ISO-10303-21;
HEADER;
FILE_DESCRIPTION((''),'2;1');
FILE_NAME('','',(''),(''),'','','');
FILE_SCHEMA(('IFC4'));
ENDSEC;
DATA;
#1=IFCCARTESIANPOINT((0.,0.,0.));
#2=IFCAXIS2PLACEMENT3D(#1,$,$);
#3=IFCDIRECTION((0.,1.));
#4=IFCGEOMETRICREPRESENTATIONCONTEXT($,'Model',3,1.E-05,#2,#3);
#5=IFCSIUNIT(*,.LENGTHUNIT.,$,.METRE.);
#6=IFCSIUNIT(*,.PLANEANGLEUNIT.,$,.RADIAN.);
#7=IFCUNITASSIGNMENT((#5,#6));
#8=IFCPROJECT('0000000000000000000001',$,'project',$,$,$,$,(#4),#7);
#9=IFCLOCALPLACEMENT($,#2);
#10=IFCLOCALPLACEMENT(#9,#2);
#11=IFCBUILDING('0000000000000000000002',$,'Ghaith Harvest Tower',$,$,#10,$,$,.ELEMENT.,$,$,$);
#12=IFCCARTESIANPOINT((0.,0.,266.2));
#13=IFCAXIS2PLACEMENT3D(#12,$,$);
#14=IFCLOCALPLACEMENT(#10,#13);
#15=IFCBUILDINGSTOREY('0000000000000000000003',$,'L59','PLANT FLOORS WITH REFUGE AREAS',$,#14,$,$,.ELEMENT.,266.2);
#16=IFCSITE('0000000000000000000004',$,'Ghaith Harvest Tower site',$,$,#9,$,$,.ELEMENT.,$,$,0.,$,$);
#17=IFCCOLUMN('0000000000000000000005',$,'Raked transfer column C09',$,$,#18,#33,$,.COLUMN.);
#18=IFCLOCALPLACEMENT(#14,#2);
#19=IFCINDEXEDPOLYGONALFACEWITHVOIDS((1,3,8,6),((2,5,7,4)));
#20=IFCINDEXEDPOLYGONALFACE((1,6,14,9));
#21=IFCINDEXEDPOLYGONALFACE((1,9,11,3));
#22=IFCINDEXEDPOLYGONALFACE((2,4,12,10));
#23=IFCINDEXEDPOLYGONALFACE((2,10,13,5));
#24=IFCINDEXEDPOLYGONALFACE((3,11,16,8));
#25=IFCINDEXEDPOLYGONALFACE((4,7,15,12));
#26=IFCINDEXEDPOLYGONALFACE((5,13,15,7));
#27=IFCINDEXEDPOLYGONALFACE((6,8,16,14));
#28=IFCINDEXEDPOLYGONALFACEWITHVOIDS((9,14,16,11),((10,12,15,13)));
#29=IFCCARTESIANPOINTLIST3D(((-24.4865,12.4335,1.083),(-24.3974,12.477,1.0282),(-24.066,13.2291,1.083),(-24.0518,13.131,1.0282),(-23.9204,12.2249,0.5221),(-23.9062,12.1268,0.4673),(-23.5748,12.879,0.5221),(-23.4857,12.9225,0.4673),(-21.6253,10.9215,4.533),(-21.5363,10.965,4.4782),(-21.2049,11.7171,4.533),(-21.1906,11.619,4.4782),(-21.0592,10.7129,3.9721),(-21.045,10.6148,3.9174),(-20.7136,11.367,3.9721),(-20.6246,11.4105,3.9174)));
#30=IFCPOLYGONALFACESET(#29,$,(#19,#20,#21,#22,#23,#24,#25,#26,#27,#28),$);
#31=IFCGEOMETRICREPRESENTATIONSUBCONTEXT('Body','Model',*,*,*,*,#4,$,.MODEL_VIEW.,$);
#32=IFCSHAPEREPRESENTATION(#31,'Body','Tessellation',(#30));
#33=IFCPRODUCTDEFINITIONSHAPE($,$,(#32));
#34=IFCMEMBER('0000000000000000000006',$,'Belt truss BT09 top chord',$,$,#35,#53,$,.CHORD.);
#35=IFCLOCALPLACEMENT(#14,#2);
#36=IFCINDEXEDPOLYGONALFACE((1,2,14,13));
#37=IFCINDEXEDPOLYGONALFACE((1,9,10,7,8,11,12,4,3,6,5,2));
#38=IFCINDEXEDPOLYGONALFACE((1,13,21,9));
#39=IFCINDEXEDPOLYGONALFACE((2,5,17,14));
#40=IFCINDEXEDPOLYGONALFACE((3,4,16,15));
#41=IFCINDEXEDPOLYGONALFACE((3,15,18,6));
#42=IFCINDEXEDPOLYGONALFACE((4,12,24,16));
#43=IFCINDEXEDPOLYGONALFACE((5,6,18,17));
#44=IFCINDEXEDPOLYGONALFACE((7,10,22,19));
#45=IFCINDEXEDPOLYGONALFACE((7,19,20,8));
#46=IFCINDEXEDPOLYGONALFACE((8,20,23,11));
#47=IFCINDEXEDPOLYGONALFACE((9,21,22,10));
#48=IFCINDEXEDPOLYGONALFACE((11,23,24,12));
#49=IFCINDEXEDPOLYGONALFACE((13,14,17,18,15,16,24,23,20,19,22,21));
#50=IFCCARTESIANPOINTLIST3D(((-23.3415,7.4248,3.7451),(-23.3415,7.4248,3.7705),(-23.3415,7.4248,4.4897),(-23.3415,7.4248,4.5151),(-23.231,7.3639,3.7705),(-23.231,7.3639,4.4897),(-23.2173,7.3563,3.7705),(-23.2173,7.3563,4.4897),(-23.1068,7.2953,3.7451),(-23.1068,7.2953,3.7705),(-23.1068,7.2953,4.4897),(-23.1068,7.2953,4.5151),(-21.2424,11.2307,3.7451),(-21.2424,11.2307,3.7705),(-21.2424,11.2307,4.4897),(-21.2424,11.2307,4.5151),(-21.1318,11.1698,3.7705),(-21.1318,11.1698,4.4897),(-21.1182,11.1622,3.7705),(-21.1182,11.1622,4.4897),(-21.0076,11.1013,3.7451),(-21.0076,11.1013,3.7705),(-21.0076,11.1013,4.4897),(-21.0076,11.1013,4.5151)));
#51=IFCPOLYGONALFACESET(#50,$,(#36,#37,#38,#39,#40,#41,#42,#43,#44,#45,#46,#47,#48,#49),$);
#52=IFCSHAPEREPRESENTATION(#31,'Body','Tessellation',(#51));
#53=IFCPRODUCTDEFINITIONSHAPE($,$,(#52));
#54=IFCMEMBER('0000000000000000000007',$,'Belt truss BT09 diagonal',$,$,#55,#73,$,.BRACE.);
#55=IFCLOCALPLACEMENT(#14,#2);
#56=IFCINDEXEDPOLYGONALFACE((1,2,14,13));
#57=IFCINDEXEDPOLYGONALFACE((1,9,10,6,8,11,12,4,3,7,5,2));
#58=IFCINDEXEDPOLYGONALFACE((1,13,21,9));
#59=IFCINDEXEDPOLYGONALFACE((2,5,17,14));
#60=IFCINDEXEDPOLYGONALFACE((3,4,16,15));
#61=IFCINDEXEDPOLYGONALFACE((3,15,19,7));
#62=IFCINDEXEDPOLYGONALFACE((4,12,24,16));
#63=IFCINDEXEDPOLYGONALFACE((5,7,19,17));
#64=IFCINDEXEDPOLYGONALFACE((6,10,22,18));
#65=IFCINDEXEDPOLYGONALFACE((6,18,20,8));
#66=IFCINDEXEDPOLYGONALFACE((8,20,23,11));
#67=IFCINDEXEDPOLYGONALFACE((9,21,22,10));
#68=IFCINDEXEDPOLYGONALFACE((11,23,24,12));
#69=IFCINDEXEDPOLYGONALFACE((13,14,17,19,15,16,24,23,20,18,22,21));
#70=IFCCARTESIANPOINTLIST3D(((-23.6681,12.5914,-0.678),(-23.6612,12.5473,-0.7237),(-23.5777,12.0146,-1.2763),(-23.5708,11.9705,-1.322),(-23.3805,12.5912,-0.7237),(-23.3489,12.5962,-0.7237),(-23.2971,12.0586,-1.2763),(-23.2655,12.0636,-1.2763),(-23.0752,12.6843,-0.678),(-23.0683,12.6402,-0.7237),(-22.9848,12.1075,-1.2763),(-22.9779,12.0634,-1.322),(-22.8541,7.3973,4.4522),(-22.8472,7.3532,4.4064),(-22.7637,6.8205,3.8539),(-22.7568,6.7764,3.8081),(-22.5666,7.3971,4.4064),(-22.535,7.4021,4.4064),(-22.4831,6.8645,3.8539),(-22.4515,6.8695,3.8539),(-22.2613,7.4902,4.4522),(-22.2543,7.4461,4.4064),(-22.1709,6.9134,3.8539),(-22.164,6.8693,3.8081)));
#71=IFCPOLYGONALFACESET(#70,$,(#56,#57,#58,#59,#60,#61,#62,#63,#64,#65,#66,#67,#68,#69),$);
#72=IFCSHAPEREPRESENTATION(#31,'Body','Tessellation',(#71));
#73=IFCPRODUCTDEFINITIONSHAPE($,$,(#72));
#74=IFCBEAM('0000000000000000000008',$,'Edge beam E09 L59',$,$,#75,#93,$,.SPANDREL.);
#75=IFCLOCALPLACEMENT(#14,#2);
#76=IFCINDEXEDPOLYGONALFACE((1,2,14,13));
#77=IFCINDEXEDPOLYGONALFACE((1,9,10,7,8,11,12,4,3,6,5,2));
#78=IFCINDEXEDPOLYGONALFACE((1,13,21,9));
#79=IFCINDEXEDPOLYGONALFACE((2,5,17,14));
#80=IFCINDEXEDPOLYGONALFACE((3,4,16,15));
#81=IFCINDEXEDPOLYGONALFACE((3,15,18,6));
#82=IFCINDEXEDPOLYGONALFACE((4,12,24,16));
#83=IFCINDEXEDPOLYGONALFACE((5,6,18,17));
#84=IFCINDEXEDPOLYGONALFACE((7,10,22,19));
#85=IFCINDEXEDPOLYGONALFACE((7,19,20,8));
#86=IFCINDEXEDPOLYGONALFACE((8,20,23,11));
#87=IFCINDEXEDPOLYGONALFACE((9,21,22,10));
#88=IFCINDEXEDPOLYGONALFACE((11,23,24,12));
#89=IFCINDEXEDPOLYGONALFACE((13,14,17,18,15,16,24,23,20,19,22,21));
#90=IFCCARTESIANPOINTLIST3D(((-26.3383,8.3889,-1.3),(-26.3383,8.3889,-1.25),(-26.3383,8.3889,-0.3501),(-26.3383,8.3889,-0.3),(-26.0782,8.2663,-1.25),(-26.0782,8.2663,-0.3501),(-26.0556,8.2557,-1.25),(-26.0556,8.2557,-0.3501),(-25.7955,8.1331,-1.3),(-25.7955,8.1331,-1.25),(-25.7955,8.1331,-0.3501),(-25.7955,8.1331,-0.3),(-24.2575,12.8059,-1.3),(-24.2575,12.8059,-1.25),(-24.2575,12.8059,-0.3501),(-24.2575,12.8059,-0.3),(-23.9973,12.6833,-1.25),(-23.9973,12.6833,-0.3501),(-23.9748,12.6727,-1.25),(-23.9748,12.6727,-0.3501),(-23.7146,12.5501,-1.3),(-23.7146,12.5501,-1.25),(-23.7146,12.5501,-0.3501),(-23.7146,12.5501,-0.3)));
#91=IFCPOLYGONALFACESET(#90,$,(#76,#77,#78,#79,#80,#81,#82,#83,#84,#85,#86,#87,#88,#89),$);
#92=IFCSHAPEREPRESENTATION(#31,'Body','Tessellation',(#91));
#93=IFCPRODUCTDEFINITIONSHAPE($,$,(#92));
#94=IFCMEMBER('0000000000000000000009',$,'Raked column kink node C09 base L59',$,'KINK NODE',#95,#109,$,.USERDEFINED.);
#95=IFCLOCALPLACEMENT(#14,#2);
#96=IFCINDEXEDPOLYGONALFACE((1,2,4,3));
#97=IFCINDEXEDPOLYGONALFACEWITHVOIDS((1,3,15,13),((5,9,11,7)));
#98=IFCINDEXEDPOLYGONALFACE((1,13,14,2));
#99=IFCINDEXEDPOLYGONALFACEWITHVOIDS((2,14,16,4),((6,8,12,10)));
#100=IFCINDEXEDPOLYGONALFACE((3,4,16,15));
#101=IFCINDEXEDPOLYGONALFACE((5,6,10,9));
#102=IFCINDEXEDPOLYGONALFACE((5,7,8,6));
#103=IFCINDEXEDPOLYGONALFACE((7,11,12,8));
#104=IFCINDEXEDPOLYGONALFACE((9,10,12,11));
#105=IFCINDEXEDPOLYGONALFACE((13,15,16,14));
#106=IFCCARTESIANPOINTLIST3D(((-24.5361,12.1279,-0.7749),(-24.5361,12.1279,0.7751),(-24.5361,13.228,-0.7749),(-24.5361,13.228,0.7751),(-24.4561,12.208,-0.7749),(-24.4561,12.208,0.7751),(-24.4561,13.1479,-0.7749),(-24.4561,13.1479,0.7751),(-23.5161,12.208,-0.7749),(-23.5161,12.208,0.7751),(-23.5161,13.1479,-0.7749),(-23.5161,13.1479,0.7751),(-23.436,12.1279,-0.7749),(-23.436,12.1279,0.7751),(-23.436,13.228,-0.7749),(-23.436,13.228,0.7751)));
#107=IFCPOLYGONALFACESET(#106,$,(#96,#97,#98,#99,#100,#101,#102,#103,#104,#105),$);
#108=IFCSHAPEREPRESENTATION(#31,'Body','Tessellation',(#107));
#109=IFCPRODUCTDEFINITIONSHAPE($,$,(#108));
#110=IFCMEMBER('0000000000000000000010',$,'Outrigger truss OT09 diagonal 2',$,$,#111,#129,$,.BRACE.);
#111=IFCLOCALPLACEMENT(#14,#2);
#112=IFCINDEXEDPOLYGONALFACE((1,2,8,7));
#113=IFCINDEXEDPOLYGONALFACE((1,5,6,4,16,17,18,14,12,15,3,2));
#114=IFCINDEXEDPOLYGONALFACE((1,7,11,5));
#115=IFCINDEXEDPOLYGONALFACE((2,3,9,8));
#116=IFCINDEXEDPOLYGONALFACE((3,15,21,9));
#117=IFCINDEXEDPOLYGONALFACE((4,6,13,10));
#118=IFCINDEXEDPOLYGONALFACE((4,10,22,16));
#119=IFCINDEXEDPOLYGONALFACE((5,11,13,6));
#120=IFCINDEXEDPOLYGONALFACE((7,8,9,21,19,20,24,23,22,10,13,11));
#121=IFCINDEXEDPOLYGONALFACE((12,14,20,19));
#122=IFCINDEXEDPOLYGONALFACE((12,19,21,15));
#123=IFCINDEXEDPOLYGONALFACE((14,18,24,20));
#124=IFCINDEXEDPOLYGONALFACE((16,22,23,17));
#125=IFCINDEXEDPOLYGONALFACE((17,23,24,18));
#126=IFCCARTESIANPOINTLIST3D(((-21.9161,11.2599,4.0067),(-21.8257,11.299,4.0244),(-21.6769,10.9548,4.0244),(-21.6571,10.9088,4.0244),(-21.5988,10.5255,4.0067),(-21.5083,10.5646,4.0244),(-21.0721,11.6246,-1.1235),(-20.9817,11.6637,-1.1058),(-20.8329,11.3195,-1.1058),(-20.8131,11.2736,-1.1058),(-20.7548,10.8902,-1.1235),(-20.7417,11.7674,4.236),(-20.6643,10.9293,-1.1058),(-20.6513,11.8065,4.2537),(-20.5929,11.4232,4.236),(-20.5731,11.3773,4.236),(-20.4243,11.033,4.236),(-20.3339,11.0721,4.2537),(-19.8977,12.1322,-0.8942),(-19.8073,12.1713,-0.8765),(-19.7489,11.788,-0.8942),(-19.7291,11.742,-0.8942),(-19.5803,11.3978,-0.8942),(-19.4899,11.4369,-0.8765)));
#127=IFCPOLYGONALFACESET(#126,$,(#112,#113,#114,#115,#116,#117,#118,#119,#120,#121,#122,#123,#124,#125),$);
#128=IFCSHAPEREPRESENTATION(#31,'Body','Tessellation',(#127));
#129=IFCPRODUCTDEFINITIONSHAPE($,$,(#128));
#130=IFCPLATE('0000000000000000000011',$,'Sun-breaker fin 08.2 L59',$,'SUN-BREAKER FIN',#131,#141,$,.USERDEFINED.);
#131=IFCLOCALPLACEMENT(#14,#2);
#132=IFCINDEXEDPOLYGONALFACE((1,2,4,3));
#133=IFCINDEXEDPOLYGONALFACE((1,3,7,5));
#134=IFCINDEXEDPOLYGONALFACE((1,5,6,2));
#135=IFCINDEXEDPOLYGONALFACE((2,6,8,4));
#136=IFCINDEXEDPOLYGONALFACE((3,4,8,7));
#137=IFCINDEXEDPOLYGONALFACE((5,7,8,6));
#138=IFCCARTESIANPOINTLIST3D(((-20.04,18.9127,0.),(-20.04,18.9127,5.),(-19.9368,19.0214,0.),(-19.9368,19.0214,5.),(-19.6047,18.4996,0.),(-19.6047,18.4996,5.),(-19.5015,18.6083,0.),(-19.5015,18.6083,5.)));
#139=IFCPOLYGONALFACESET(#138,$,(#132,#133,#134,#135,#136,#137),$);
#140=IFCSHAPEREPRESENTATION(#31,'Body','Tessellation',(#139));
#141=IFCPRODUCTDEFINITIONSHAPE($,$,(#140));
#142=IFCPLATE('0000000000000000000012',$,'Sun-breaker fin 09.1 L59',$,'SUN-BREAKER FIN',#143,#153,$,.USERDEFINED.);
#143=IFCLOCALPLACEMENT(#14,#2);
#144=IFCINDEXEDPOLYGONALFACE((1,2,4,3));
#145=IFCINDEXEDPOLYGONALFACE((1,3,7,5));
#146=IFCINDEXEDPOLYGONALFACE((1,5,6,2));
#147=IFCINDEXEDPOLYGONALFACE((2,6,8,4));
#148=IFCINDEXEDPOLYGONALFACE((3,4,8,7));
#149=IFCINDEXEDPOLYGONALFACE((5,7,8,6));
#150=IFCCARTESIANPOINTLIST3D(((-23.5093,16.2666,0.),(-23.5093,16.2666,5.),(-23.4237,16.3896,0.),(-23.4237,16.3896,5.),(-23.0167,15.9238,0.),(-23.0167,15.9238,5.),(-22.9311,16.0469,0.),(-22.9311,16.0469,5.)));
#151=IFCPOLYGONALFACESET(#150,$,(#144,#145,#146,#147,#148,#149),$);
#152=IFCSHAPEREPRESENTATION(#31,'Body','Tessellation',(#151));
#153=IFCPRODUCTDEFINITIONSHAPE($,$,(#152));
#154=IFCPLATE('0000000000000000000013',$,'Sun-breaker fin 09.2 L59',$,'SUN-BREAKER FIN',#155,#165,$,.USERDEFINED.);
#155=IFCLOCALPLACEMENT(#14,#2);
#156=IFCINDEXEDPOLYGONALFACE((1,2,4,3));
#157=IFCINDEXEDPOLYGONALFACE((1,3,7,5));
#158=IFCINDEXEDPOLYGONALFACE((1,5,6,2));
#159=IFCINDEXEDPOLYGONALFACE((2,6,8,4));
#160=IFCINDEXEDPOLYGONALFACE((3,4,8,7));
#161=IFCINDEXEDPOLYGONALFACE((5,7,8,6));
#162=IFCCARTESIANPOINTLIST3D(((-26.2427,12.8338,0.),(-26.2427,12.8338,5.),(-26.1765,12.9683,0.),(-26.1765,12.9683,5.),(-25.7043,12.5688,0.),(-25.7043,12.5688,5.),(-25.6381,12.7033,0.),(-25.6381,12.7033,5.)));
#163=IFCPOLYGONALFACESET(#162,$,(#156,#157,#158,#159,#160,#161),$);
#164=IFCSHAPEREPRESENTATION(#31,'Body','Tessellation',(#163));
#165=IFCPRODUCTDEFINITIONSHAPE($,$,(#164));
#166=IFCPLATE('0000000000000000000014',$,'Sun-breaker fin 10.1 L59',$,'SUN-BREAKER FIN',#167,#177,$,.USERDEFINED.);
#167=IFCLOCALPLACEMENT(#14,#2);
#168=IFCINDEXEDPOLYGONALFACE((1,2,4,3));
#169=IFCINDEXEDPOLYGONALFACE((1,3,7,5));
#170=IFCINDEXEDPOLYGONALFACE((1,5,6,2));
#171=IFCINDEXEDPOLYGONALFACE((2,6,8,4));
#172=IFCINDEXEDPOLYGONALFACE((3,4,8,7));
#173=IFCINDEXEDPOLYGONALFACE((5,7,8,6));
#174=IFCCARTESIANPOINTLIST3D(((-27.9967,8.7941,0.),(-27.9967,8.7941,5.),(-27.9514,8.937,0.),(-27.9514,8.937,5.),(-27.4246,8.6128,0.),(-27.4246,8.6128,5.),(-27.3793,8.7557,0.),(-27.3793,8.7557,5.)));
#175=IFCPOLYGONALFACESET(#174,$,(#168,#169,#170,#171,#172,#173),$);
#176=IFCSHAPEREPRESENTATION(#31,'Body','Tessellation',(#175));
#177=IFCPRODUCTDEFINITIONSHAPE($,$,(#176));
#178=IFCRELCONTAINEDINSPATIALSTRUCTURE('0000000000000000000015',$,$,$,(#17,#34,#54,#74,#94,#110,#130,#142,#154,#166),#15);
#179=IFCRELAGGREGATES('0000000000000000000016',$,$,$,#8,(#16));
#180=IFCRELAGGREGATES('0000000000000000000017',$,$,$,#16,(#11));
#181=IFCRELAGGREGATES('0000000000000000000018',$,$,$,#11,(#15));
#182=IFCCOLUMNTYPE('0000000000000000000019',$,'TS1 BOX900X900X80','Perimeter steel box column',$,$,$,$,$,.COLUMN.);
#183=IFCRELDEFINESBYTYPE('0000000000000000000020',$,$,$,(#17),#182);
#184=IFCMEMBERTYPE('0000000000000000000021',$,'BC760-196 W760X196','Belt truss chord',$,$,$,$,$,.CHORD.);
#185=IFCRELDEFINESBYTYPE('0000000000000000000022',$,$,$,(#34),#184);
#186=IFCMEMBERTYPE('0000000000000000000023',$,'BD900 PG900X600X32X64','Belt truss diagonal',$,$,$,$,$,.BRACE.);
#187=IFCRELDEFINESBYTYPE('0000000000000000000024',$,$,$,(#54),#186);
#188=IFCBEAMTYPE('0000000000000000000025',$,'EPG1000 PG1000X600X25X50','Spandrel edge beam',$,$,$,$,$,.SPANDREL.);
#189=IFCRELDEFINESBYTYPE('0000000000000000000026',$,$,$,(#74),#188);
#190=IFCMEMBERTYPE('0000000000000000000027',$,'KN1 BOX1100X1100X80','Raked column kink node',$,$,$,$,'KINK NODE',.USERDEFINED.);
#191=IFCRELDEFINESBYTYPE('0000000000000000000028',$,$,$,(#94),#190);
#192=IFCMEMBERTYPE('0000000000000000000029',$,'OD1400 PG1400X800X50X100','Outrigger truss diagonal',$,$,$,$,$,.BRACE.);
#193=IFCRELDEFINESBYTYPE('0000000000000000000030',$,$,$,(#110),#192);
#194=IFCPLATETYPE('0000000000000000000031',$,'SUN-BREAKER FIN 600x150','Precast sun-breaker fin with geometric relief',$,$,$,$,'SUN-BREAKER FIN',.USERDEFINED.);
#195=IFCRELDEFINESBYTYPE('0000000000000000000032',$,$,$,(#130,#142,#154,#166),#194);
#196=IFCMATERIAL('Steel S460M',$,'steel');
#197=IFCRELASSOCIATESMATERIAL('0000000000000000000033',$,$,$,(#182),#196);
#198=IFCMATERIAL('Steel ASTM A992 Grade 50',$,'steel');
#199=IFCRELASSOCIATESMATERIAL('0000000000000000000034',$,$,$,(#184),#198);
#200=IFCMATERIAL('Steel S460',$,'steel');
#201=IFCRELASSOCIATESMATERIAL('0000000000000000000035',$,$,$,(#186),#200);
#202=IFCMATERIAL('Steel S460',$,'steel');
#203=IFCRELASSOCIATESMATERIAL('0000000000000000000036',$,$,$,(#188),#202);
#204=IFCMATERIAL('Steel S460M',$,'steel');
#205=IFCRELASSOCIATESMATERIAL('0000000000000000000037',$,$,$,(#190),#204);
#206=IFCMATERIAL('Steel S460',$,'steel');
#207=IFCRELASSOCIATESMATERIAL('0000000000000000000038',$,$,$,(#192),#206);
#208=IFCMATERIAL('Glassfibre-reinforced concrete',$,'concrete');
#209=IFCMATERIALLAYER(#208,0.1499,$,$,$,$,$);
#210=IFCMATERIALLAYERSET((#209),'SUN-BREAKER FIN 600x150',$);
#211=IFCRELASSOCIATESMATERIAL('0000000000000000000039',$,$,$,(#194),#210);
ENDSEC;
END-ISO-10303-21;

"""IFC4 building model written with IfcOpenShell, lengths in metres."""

from ifc_helpers import new_model, si_unit, direction, frame, origin, origin_2d, place, context, subcontext, project, spatial, rectangle, hollow_rectangle, i_section, extrude, material, layer, layer_set, material_profile, profile_set, type_object, element, save


model = new_model("IFC4")

# Units and contexts
model_context = context("Model", 3, precision=1e-05, world=origin(), true_north=direction((0.0, 1.0)))
body_context = subcontext(model_context, "Body", "Model", "MODEL_VIEW")
ifc_project = project(units=[si_unit("LENGTHUNIT", "METRE"), si_unit("PLANEANGLEUNIT", "RADIAN")], contexts=[model_context])

# Site, building, storey
site_placement = place(None, origin())
site = spatial("IfcSite", under=ifc_project, at=site_placement, Name="Ghaith Harvest Tower site", CompositionType="ELEMENT", RefElevation=0.0)
building_placement = place(site_placement, origin())
building = spatial("IfcBuilding", under=site, at=building_placement, Name="Ghaith Harvest Tower", CompositionType="ELEMENT")
storey_placement = place(building_placement, frame((0.0, 0.0, 266.2)))
storey = spatial("IfcBuildingStorey", under=building, at=storey_placement, Name="L59", Description="PLANT FLOORS WITH REFUGE AREAS", CompositionType="ELEMENT", Elevation=266.2)

# Column
ifc_material_1 = material(Name="Steel S460M", Category="steel")
ifc_material_profile_1 = material_profile(ifc_material_1, hollow_rectangle(XDim=0.8999, YDim=0.8999, WallThickness=0.0801, at=origin_2d()), Name="BOX900X900X80")
ifc_profile_set_1 = profile_set([ifc_material_profile_1], Name="Steel S460M")
column_type = type_object("IfcColumnType", Name="TS1 BOX900X900X80", Description="Perimeter steel box column", PredefinedType="COLUMN", material=ifc_profile_set_1)
column_placement = place(storey_placement, frame((-23.9861, 12.678, 0.7751), z_axis=(0.604866, -0.319646, 0.729359), x_axis=(0.467229, 0.884136, 0.0)))
element("IfcColumn", 1, at=column_placement, inside=storey, type_object=column_type, Name="Raked transfer column C09", PredefinedType="COLUMN", context=body_context, shape_type="SweptSolid", body=[
    extrude(hollow_rectangle(XDim=0.8999, YDim=0.8999, WallThickness=0.0801, at=origin_2d()), origin(), (0.0, 0.0, 1.0), 4.7302),
])

# Members
ifc_material_2 = material(Name="Steel ASTM A992 Grade 50", Category="steel")
ifc_material_profile_2 = material_profile(ifc_material_2, i_section(OverallWidth=0.2681, OverallDepth=0.77, WebThickness=0.0156, FlangeThickness=0.0254, at=origin_2d()), Name="W760X196")
ifc_profile_set_2 = profile_set([ifc_material_profile_2], Name="Steel ASTM A992 Grade 50")
member_type_1 = type_object("IfcMemberType", Name="BC760-196 W760X196", Description="Belt truss chord", PredefinedType="CHORD", material=ifc_profile_set_2)
member_1_placement = place(storey_placement, frame((-21.125, 11.166, 4.1301), z_axis=(-0.482956, -0.875645, 0.0), x_axis=(0.875645, -0.482956, 0.0)))
element("IfcMember", 2, at=member_1_placement, inside=storey, type_object=member_type_1, Name="Belt truss BT09 top chord", PredefinedType="CHORD", context=body_context, shape_type="SweptSolid", body=[
    extrude(i_section(OverallWidth=0.2681, OverallDepth=0.77, WebThickness=0.0156, FlangeThickness=0.0254, at=origin_2d()), origin(), (0.0, 0.0, 1.0), 4.3464),
])
ifc_material_3 = material(Name="Steel S460", Category="steel")
ifc_material_profile_3 = material_profile(ifc_material_3, i_section(OverallWidth=0.6001, OverallDepth=0.8999, WebThickness=0.032, FlangeThickness=0.064, at=origin_2d()), Name="PG900X600X32X64")
ifc_profile_set_3 = profile_set([ifc_material_profile_3], Name="Steel S460")
member_type_2 = type_object("IfcMemberType", Name="BD900 PG900X600X32X64", Description="Belt truss diagonal", PredefinedType="BRACE", material=ifc_profile_set_3)
member_2_placement = place(storey_placement, frame((-23.323, 12.3274, -1.0), z_axis=(0.110808, -0.707093, 0.698385), x_axis=(0.987943, 0.15482, 0.0)))
element("IfcMember", 3, at=member_2_placement, inside=storey, type_object=member_type_2, Name="Belt truss BT09 diagonal", PredefinedType="BRACE", context=body_context, shape_type="SweptSolid", body=[
    extrude(i_section(OverallWidth=0.6001, OverallDepth=0.8999, WebThickness=0.032, FlangeThickness=0.064, at=origin_2d()), origin(), (0.0, 0.0, 1.0), 7.3457),
])

# Beam
ifc_material_4 = material(Name="Steel S460", Category="steel")
ifc_material_profile_4 = material_profile(ifc_material_4, i_section(OverallWidth=0.6001, OverallDepth=1.0, WebThickness=0.0249, FlangeThickness=0.05, at=origin_2d()), Name="PG1000X600X25X50")
ifc_profile_set_4 = profile_set([ifc_material_profile_4], Name="Steel S460")
beam_type = type_object("IfcBeamType", Name="EPG1000 PG1000X600X25X50", Description="Spandrel edge beam", PredefinedType="SPANDREL", material=ifc_profile_set_4)
beam_placement = place(storey_placement, frame((-23.9861, 12.678, -0.8), z_axis=(-0.42617, -0.904643, 0.0), x_axis=(0.904643, -0.42617, 0.0)))
element("IfcBeam", 4, at=beam_placement, inside=storey, type_object=beam_type, Name="Edge beam E09 L59", PredefinedType="SPANDREL", context=body_context, shape_type="SweptSolid", body=[
    extrude(i_section(OverallWidth=0.6001, OverallDepth=1.0, WebThickness=0.0249, FlangeThickness=0.05, at=origin_2d()), origin(), (0.0, 0.0, 1.0), 4.8826),
])

# Members
ifc_material_5 = material(Name="Steel S460M", Category="steel")
ifc_material_profile_5 = material_profile(ifc_material_5, hollow_rectangle(XDim=1.1001, YDim=1.1001, WallThickness=0.0801, at=origin_2d()), Name="BOX1100X1100X80")
ifc_profile_set_5 = profile_set([ifc_material_profile_5], Name="Steel S460M")
member_type_3 = type_object("IfcMemberType", Name="KN1 BOX1100X1100X80", Description="Raked column kink node", ElementType="KINK NODE", PredefinedType="USERDEFINED", material=ifc_profile_set_5)
member_3_placement = place(storey_placement, frame((-23.9861, 12.678, -0.7749), z_axis=(0.0, 0.0, 1.0), x_axis=(1.0, 0.0, 0.0)))
element("IfcMember", 5, at=member_3_placement, inside=storey, type_object=member_type_3, Name="Raked column kink node C09 base L59", ObjectType="KINK NODE", PredefinedType="USERDEFINED", context=body_context, shape_type="SweptSolid", body=[
    extrude(hollow_rectangle(XDim=1.1001, YDim=1.1001, WallThickness=0.0801, at=origin_2d()), origin(), (0.0, 0.0, 1.0), 1.55),
])
ifc_material_6 = material(Name="Steel S460", Category="steel")
ifc_material_profile_6 = material_profile(ifc_material_6, i_section(OverallWidth=0.8, OverallDepth=1.3999, WebThickness=0.05, FlangeThickness=0.1001, at=origin_2d()), Name="PG1400X800X50X100")
ifc_profile_set_6 = profile_set([ifc_material_profile_6], Name="Steel S460")
member_type_4 = type_object("IfcMemberType", Name="OD1400 PG1400X800X50X100", Description="Outrigger truss diagonal", PredefinedType="BRACE", material=ifc_profile_set_6)
member_4_placement = place(storey_placement, frame((-20.281, 11.5308, -1.0), z_axis=(-0.161937, -0.069984, 0.984316), x_axis=(0.396706, -0.917946, 0.0)))
element("IfcMember", 6, at=member_4_placement, inside=storey, type_object=member_type_4, Name="Outrigger truss OT09 diagonal 2", PredefinedType="BRACE", context=body_context, shape_type="SweptSolid", body=[
    extrude(i_section(OverallWidth=0.8, OverallDepth=1.3999, WebThickness=0.05, FlangeThickness=0.1001, at=origin_2d()), origin(), (0.0, 0.0, 1.0), 5.2119),
])

# Plates
ifc_material_7 = material(Name="Glassfibre-reinforced concrete", Category="concrete")
ifc_layer_1 = layer(ifc_material_7, 0.1499)
ifc_layer_set_1 = layer_set([ifc_layer_1], Name="SUN-BREAKER FIN 600x150")
plate_type = type_object("IfcPlateType", Name="SUN-BREAKER FIN 600x150", Description="Precast sun-breaker fin with geometric relief", ElementType="SUN-BREAKER FIN", PredefinedType="USERDEFINED", material=ifc_layer_set_1)
for number, where, z_axis, x_axis, name in (
    (7, (-19.7708, 18.7605, 0.0), (0.0, 0.0, 1.0), (-0.725396, 0.688331, 0.0), "Sun-breaker fin 08.2 L59"),
    (8, (-23.2202, 16.1567, 0.0), (0.0, 0.0, 1.0), (-0.820845, 0.57115, 0.0), "Sun-breaker fin 09.1 L59"),
    (9, (-25.9404, 12.7686, 0.0), (0.0, 0.0, 1.0), (-0.897201, 0.441622, 0.0), "Sun-breaker fin 09.2 L59"),
    (10, (-27.688, 8.7749, 0.0), (0.0, 0.0, 1.0), (-0.953273, 0.30211, 0.0), "Sun-breaker fin 10.1 L59"),
):
    element("IfcPlate", number, at=place(storey_placement, frame(where, z_axis=z_axis, x_axis=x_axis)), inside=storey, type_object=plate_type, Name=name, ObjectType="SUN-BREAKER FIN", PredefinedType="USERDEFINED", context=body_context, shape_type="SweptSolid", body=[
        extrude(rectangle(XDim=0.6001, YDim=0.1499, at=origin_2d()), origin(), (0.0, 0.0, 1.0), 5.0),
    ])

save(model, "model.ifc")
